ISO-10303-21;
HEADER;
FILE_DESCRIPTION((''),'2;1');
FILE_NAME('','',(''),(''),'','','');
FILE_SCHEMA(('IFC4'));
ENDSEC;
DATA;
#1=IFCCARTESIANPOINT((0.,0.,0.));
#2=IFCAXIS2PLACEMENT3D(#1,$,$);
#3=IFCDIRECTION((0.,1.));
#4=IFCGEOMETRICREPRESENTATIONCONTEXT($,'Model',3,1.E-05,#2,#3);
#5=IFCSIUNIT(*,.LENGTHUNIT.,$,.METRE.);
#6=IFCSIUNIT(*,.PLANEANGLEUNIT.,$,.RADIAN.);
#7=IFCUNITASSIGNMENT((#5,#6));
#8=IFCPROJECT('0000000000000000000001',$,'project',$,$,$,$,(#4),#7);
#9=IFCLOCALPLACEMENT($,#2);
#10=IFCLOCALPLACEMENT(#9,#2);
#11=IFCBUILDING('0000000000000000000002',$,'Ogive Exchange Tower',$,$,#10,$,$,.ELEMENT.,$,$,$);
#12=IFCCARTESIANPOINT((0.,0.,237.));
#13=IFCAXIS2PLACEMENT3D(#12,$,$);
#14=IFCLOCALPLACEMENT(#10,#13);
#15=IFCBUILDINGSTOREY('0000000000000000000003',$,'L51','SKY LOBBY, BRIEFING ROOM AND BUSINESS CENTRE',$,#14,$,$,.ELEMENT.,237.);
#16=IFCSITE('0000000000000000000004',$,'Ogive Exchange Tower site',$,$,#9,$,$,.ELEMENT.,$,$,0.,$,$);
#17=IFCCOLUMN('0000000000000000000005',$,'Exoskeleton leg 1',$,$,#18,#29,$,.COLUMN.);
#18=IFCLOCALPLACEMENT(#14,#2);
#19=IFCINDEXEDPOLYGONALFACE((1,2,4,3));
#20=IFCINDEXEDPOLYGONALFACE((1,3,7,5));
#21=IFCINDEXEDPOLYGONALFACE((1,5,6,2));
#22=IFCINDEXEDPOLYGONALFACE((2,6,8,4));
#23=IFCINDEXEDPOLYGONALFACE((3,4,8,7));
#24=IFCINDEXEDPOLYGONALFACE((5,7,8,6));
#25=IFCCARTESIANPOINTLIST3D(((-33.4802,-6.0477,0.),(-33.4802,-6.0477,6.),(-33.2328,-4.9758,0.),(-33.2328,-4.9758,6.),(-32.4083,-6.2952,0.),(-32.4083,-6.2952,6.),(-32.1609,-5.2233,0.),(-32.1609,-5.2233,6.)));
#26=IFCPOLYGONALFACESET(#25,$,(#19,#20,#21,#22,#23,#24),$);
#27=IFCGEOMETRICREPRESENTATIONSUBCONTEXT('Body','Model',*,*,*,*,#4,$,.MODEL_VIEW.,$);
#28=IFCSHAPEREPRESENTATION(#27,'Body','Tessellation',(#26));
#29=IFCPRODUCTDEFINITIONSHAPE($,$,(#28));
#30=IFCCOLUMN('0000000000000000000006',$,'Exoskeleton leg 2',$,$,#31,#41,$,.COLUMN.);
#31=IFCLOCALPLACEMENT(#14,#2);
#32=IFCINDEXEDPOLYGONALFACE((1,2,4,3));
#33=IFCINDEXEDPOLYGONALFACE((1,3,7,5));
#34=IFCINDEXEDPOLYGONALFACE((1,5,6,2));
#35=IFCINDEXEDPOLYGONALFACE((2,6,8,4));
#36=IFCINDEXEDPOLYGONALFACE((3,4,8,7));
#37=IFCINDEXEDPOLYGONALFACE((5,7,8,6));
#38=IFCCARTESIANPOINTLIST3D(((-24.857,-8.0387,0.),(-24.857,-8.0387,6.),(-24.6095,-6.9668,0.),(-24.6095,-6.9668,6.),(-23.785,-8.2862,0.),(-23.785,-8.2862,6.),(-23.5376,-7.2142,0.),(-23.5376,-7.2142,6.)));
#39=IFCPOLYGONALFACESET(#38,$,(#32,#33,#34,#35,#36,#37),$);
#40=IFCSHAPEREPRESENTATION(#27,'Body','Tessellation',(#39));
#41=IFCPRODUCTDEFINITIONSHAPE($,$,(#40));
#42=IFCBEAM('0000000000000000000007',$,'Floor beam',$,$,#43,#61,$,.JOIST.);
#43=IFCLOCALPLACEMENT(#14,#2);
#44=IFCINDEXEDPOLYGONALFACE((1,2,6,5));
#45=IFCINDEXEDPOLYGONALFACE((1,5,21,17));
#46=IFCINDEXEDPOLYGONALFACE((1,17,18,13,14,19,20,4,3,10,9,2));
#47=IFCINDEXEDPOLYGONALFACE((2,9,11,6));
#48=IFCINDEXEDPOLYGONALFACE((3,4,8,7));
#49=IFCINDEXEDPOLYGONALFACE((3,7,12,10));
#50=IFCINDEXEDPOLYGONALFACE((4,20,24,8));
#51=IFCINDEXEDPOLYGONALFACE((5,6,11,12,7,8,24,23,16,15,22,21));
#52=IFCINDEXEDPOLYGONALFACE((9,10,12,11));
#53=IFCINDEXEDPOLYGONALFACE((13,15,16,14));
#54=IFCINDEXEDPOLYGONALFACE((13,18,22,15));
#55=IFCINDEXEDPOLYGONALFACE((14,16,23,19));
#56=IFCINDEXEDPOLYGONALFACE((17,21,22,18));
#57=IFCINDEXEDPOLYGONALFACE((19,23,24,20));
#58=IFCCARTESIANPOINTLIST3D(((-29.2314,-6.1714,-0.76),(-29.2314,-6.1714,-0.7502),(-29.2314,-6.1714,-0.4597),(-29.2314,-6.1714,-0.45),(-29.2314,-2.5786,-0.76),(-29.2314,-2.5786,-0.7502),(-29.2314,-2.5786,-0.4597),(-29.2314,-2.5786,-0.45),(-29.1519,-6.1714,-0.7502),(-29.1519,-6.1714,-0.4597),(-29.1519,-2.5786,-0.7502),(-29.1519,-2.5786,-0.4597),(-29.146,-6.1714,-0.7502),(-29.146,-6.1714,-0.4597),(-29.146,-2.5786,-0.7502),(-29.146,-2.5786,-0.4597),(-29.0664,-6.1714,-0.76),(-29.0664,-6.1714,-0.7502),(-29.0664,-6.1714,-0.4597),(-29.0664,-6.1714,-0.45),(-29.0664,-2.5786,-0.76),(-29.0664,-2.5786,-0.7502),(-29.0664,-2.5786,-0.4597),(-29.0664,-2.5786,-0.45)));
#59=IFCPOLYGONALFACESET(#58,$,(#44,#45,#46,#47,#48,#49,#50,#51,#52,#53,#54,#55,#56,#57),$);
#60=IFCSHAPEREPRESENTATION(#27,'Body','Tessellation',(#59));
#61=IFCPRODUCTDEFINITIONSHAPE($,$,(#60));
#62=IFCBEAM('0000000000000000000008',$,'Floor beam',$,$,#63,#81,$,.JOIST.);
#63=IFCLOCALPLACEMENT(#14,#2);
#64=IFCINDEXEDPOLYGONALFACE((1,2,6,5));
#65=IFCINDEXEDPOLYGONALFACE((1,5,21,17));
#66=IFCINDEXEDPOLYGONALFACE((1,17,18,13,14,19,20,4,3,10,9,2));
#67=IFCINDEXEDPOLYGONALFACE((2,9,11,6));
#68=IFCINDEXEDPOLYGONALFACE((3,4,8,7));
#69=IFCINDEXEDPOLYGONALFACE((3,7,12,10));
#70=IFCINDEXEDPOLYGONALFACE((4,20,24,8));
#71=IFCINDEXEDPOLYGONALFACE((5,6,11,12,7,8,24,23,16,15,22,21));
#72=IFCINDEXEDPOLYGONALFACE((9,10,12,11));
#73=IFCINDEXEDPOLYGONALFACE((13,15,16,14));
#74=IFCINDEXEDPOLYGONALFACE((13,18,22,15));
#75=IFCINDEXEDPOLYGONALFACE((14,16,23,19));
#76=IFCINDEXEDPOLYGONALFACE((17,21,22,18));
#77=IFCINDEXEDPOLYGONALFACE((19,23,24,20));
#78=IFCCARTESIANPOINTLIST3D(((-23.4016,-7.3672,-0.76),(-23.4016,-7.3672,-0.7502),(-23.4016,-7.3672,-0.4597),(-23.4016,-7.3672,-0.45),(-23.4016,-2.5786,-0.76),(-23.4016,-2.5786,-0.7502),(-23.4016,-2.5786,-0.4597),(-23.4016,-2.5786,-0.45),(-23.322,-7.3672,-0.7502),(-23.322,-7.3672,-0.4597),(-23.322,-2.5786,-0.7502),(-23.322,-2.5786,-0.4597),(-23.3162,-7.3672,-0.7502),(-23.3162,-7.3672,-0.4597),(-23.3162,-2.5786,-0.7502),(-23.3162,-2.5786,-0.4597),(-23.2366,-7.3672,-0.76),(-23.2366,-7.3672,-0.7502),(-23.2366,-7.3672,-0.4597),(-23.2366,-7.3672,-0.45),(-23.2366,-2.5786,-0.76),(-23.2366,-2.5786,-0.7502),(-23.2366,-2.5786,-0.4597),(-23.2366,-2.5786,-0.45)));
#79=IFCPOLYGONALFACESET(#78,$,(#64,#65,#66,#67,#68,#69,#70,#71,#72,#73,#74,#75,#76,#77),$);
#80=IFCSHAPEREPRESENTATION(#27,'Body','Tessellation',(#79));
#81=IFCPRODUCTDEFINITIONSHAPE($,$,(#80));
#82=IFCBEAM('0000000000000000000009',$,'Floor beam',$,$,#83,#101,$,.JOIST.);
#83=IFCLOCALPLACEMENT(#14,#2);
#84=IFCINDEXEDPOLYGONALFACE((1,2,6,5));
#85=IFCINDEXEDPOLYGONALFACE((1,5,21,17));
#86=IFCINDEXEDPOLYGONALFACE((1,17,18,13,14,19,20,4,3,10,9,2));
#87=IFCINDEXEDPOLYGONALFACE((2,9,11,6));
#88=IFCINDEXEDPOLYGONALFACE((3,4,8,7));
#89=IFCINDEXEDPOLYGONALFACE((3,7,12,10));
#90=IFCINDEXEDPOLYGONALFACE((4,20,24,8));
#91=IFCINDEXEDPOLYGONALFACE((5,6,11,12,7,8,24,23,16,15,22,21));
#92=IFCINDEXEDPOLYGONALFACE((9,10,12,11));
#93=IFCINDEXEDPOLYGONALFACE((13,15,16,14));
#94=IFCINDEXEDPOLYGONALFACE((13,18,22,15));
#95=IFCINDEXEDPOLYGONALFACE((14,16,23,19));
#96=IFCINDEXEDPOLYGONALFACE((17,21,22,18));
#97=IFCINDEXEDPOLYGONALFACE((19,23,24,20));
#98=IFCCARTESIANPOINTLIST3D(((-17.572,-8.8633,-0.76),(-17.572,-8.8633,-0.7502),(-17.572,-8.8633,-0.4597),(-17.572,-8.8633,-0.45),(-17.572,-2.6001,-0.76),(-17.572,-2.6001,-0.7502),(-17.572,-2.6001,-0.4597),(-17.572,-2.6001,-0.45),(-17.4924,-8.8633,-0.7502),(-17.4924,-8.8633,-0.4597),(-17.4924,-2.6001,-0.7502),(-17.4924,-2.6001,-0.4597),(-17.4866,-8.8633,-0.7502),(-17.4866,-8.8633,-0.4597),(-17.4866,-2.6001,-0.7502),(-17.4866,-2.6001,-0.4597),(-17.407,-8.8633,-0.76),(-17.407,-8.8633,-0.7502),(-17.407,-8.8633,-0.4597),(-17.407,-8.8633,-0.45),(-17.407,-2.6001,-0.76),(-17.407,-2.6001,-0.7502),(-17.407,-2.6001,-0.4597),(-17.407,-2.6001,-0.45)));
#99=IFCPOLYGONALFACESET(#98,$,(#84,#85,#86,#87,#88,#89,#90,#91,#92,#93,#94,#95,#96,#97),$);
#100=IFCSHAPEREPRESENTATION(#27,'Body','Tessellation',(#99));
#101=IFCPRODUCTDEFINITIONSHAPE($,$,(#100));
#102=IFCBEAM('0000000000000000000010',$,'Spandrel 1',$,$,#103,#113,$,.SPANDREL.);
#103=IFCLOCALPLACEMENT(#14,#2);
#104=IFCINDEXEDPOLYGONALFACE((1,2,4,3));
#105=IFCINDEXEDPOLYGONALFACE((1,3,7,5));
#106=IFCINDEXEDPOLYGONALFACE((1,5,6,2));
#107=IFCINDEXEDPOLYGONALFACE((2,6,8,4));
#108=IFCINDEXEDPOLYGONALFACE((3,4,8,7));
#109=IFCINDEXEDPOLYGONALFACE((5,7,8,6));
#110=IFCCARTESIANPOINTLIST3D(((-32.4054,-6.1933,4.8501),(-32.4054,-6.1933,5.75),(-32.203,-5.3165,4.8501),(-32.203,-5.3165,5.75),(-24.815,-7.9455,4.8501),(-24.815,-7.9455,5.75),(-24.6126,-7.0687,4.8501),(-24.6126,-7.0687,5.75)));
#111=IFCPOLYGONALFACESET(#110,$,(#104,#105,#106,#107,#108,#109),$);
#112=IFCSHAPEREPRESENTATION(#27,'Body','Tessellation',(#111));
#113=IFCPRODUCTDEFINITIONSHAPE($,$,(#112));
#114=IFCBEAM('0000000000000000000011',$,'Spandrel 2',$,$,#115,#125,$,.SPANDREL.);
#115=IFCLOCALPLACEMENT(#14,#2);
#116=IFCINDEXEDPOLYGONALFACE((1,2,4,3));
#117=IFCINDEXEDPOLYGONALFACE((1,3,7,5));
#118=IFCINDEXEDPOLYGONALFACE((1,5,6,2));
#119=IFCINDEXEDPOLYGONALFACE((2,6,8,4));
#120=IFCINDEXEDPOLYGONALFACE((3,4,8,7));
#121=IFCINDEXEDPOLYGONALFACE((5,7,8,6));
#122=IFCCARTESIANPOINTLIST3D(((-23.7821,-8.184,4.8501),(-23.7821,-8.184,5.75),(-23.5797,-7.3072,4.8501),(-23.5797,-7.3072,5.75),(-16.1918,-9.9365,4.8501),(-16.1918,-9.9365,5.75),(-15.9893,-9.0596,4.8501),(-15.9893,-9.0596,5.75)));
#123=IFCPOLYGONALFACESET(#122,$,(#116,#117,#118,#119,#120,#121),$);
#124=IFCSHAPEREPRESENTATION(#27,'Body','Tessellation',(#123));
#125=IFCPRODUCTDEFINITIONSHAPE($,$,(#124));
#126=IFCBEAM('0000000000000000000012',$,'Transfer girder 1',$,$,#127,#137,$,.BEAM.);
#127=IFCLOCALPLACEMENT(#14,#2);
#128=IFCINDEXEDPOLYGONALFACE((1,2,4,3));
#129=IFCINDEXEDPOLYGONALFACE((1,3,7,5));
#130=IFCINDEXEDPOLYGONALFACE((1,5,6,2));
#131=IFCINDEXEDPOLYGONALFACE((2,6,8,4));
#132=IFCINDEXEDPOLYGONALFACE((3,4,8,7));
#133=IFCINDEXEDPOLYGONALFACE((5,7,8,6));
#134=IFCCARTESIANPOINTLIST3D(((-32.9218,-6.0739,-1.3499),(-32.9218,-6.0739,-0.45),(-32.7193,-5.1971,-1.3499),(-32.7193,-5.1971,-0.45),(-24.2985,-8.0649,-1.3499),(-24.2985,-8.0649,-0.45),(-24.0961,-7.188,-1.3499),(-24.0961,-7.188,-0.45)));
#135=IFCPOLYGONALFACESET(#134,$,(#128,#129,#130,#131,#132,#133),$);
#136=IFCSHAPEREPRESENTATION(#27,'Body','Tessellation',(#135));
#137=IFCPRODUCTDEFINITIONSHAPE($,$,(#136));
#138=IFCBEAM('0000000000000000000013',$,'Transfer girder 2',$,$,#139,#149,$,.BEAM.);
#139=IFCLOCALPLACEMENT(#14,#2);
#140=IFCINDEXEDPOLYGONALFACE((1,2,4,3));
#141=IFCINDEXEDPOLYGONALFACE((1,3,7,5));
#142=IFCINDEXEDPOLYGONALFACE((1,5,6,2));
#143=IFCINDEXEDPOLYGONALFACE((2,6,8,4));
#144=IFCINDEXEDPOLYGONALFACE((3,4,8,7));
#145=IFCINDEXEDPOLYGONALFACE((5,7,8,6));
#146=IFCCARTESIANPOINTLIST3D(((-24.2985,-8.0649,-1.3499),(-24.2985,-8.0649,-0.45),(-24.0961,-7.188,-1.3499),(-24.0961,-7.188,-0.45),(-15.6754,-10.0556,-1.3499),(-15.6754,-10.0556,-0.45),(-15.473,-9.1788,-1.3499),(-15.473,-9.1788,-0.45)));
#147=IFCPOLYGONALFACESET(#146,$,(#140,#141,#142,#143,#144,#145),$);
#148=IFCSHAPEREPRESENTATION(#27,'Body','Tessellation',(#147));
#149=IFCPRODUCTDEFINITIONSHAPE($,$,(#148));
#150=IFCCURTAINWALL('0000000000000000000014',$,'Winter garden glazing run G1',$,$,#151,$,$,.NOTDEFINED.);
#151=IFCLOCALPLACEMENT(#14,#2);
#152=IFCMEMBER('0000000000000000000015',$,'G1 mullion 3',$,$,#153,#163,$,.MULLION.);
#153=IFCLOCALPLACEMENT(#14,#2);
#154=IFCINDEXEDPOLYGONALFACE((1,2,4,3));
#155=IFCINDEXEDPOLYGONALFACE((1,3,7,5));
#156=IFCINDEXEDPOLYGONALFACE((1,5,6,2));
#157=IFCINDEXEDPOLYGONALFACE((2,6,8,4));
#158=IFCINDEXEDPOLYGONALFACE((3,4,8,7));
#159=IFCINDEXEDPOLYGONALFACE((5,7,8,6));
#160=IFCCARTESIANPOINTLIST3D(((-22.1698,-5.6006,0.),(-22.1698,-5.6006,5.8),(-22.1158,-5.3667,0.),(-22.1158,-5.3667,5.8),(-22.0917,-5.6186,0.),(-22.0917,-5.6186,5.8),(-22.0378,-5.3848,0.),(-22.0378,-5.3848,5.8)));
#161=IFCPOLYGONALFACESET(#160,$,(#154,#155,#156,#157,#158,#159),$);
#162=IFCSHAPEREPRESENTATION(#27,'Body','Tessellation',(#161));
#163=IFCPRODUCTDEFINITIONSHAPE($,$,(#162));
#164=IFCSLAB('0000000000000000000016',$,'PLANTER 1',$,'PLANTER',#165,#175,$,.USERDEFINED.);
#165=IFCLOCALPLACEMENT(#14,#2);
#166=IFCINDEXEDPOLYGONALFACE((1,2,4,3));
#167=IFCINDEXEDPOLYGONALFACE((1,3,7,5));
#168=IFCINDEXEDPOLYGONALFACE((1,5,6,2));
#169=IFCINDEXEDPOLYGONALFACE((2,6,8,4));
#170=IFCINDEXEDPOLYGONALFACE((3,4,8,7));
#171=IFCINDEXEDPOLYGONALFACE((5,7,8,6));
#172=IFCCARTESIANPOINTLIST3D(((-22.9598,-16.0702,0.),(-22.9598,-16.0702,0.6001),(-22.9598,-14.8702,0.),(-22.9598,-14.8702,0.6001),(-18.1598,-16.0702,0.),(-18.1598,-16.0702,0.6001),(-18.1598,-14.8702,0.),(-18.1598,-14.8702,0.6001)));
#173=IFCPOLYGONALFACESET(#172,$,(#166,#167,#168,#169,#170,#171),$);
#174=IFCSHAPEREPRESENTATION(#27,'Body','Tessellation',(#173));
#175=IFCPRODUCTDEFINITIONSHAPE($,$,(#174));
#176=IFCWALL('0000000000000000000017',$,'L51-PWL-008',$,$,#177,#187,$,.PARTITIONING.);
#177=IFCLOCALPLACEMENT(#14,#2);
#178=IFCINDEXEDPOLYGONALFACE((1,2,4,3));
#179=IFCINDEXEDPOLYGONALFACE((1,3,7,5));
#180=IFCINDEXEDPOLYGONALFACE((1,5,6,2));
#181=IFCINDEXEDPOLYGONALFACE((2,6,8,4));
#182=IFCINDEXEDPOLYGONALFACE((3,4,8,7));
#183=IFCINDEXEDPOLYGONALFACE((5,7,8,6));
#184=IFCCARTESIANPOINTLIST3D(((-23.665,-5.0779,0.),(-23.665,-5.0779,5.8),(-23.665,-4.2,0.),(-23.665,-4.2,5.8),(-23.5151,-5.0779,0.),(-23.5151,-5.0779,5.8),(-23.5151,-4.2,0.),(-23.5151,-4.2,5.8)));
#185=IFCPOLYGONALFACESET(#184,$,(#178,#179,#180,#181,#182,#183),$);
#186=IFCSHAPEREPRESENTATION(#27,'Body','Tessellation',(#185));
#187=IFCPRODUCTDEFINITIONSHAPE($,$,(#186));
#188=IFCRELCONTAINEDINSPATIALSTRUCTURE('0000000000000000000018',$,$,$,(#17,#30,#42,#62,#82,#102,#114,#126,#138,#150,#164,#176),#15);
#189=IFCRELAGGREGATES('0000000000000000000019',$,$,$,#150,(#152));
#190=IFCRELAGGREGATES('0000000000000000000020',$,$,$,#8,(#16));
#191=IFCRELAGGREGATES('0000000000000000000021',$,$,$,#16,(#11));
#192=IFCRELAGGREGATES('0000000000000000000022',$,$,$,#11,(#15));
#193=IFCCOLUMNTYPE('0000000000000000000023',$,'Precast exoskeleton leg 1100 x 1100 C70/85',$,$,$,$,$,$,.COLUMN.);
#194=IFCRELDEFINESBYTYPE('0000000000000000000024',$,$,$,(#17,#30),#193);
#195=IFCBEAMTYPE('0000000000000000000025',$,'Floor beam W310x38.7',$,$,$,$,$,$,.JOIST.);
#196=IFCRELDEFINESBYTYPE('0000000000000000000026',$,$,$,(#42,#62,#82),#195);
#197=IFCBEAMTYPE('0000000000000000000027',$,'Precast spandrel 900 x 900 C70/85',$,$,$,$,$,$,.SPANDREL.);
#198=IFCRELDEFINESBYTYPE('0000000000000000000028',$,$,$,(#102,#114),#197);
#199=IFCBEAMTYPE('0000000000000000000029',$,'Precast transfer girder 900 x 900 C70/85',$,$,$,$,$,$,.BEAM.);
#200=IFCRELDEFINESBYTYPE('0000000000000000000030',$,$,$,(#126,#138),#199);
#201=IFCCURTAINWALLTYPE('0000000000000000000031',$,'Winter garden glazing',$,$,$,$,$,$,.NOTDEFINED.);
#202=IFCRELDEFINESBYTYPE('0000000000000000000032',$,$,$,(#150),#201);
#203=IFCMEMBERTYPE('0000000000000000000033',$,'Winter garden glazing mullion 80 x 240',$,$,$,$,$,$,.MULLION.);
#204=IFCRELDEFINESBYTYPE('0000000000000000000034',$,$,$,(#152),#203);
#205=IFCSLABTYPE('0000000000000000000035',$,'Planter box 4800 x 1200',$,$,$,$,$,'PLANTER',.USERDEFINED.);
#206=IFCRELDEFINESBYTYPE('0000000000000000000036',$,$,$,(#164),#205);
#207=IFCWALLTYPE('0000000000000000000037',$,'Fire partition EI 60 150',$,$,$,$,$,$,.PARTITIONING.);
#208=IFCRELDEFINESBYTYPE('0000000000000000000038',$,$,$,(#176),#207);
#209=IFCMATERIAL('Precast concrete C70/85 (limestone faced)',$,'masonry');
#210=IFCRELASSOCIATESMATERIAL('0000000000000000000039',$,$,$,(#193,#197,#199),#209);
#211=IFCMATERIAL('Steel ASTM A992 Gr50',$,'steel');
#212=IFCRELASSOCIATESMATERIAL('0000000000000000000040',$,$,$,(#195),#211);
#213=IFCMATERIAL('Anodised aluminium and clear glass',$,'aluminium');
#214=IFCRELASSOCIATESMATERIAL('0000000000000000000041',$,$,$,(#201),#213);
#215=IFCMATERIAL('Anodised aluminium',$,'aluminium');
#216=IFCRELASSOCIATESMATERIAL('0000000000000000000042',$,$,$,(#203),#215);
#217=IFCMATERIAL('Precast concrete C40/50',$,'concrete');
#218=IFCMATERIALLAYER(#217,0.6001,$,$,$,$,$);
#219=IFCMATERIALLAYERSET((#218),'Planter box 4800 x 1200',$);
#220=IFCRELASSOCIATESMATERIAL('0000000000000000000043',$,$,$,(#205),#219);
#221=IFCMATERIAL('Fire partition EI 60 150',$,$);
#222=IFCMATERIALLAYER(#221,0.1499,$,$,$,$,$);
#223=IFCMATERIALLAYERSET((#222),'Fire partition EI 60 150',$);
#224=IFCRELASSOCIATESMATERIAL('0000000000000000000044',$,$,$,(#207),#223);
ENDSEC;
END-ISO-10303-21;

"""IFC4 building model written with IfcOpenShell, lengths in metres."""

from ifc_helpers import new_model, si_unit, direction, frame, frame_2d, origin, origin_2d, place, context, subcontext, project, spatial, rectangle, i_section, extrude, material, layer, layer_set, material_profile, profile_set, type_object, element, aggregate, save


model = new_model("IFC4")

# Units and contexts
model_context = context("Model", 3, precision=1e-05, world=origin(), true_north=direction((0.0, 1.0)))
body_context = subcontext(model_context, "Body", "Model", "MODEL_VIEW")
ifc_project = project(units=[si_unit("LENGTHUNIT", "METRE"), si_unit("PLANEANGLEUNIT", "RADIAN")], contexts=[model_context])

# Site, building, storey
site_placement = place(None, origin())
site = spatial("IfcSite", under=ifc_project, at=site_placement, Name="Ogive Exchange Tower site", CompositionType="ELEMENT", RefElevation=0.0)
building_placement = place(site_placement, origin())
building = spatial("IfcBuilding", under=site, at=building_placement, Name="Ogive Exchange Tower", CompositionType="ELEMENT")
storey_placement = place(building_placement, frame((0.0, 0.0, 237.0)))
storey = spatial("IfcBuildingStorey", under=building, at=storey_placement, Name="L51", Description="SKY LOBBY, BRIEFING ROOM AND BUSINESS CENTRE", CompositionType="ELEMENT", Elevation=237.0)

# Columns
ifc_material_1 = material(Name="Precast concrete C70/85 (limestone faced)", Category="masonry")
ifc_material_profile_1 = material_profile(ifc_material_1, rectangle(XDim=1.1001, YDim=1.1001, at=origin_2d()), Name="1100 x 1100")
ifc_profile_set_1 = profile_set([ifc_material_profile_1], Name="Precast concrete C70/85 (limestone faced)")
column_type = type_object("IfcColumnType", Name="Precast exoskeleton leg 1100 x 1100 C70/85", PredefinedType="COLUMN", material=ifc_profile_set_1)
for number, where, z_axis, x_axis, name in (
    (1, (-32.8206, -5.6355, 0.0), (0.0, 0.0, 1.0), (0.97437, -0.224951, 0.0), "Exoskeleton leg 1"),
    (2, (-24.1973, -7.6265, 0.0), (0.0, 0.0, 1.0), (0.97437, -0.224951, 0.0), "Exoskeleton leg 2"),
):
    element("IfcColumn", number, at=place(storey_placement, frame(where, z_axis=z_axis, x_axis=x_axis)), inside=storey, type_object=column_type, Name=name, PredefinedType="COLUMN", context=body_context, shape_type="SweptSolid", body=[
        extrude(rectangle(XDim=1.1001, YDim=1.1001, at=origin_2d()), origin(), (0.0, 0.0, 1.0), 6.0),
    ])

# Beams
ifc_material_2 = material(Name="Steel ASTM A992 Gr50", Category="steel")
ifc_material_profile_2 = material_profile(ifc_material_2, i_section(OverallWidth=0.165, OverallDepth=0.3101, WebThickness=0.0059, FlangeThickness=0.0098, at=origin_2d()), Name="W310x38.7")
ifc_profile_set_2 = profile_set([ifc_material_profile_2], Name="Steel ASTM A992 Gr50")
beam_type_1 = type_object("IfcBeamType", Name="Floor beam W310x38.7", PredefinedType="JOIST", material=ifc_profile_set_2)
beam_1_placement = place(storey_placement, frame((-29.1489, -6.1714, -0.605), z_axis=(0.0, 1.0, 0.0), x_axis=(-1.0, 0.0, 0.0)))
element("IfcBeam", 3, at=beam_1_placement, inside=storey, type_object=beam_type_1, Name="Floor beam", PredefinedType="JOIST", context=body_context, shape_type="SweptSolid", body=[
    extrude(i_section(OverallWidth=0.165, OverallDepth=0.3101, WebThickness=0.0059, FlangeThickness=0.0098, at=origin_2d()), origin(), (0.0, 0.0, 1.0), 3.5928),
])
beam_2_placement = place(storey_placement, frame((-23.3191, -7.3672, -0.605), z_axis=(0.0, 1.0, 0.0), x_axis=(-1.0, 0.0, 0.0)))
element("IfcBeam", 4, at=beam_2_placement, inside=storey, type_object=beam_type_1, Name="Floor beam", PredefinedType="JOIST", context=body_context, shape_type="SweptSolid", body=[
    extrude(i_section(OverallWidth=0.165, OverallDepth=0.3101, WebThickness=0.0059, FlangeThickness=0.0098, at=origin_2d()), origin(), (0.0, 0.0, 1.0), 4.7886),
])
beam_3_placement = place(storey_placement, frame((-17.4895, -8.8633, -0.605), z_axis=(0.0, 1.0, 0.0), x_axis=(-1.0, 0.0, 0.0)))
element("IfcBeam", 5, at=beam_3_placement, inside=storey, type_object=beam_type_1, Name="Floor beam", PredefinedType="JOIST", context=body_context, shape_type="SweptSolid", body=[
    extrude(i_section(OverallWidth=0.165, OverallDepth=0.3101, WebThickness=0.0059, FlangeThickness=0.0098, at=origin_2d()), origin(), (0.0, 0.0, 1.0), 6.2632),
])
ifc_material_profile_3 = material_profile(ifc_material_1, rectangle(XDim=0.8999, YDim=0.8999, at=origin_2d()), Name="900 x 900")
ifc_profile_set_3 = profile_set([ifc_material_profile_3], Name="Precast concrete C70/85 (limestone faced)")
beam_type_2 = type_object("IfcBeamType", Name="Precast spandrel 900 x 900 C70/85", PredefinedType="SPANDREL", material=ifc_profile_set_3)
for number, where, z_axis, x_axis, name in (
    (6, (-32.3042, -5.7549, 5.3), (0.974375, -0.22493, 0.0), (0.22493, 0.974375, 0.0), "Spandrel 1"),
    (7, (-23.6809, -7.7456, 5.3), (0.974368, -0.22496, 0.0), (0.22496, 0.974368, 0.0), "Spandrel 2"),
):
    element("IfcBeam", number, at=place(storey_placement, frame(where, z_axis=z_axis, x_axis=x_axis)), inside=storey, type_object=beam_type_2, Name=name, PredefinedType="SPANDREL", context=body_context, shape_type="SweptSolid", body=[
        extrude(rectangle(XDim=0.8999, YDim=0.8999, at=origin_2d()), origin(), (0.0, 0.0, 1.0), 7.79),
    ])
ifc_material_profile_4 = material_profile(ifc_material_1, rectangle(XDim=0.8999, YDim=0.8999, at=origin_2d()), Name="900 x 900")
ifc_profile_set_4 = profile_set([ifc_material_profile_4], Name="Precast concrete C70/85 (limestone faced)")
beam_type_3 = type_object("IfcBeamType", Name="Precast transfer girder 900 x 900 C70/85", PredefinedType="BEAM", material=ifc_profile_set_4)
beam_4_placement = place(storey_placement, frame((-32.8206, -5.6355, -0.8999), z_axis=(0.974367, -0.224964, 0.0), x_axis=(0.224964, 0.974367, 0.0)))
element("IfcBeam", 8, at=beam_4_placement, inside=storey, type_object=beam_type_3, Name="Transfer girder 1", PredefinedType="BEAM", context=body_context, shape_type="SweptSolid", body=[
    extrude(rectangle(XDim=0.8999, YDim=0.8999, at=origin_2d()), origin(), (0.0, 0.0, 1.0), 8.8501),
])
beam_5_placement = place(storey_placement, frame((-24.1973, -7.6265, -0.8999), z_axis=(0.974372, -0.224944, 0.0), x_axis=(0.224944, 0.974372, 0.0)))
element("IfcBeam", 9, at=beam_5_placement, inside=storey, type_object=beam_type_3, Name="Transfer girder 2", PredefinedType="BEAM", context=body_context, shape_type="SweptSolid", body=[
    extrude(rectangle(XDim=0.8999, YDim=0.8999, at=origin_2d()), origin(), (0.0, 0.0, 1.0), 8.8499),
])

# Curtain wall, member
ifc_material_3 = material(Name="Anodised aluminium and clear glass", Category="aluminium")
curtain_wall_type = type_object("IfcCurtainWallType", Name="Winter garden glazing", PredefinedType="NOTDEFINED", material=ifc_material_3)
curtain_wall_placement = place(storey_placement, origin())
curtain_wall = element("IfcCurtainWall", 10, at=curtain_wall_placement, inside=storey, type_object=curtain_wall_type, Name="Winter garden glazing run G1", PredefinedType="NOTDEFINED")
ifc_material_4 = material(Name="Anodised aluminium", Category="aluminium")
ifc_material_profile_5 = material_profile(ifc_material_4, rectangle(XDim=0.24, YDim=0.0801, at=origin_2d()), Name="AL 80x240")
ifc_profile_set_5 = profile_set([ifc_material_profile_5], Name="Anodised aluminium")
member_type = type_object("IfcMemberType", Name="Winter garden glazing mullion 80 x 240", PredefinedType="MULLION", material=ifc_profile_set_5)
member_placement = place(storey_placement, frame((-22.1038, -5.4927, 0.0), z_axis=(0.0, 0.0, 1.0), x_axis=(0.224954, 0.974369, 0.0)))
member = element("IfcMember", 11, at=member_placement, type_object=member_type, Name="G1 mullion 3", PredefinedType="MULLION", context=body_context, shape_type="SweptSolid", body=[
    extrude(rectangle(XDim=0.24, YDim=0.0801, at=origin_2d()), origin(), (0.0, 0.0, 1.0), 5.8),
])
aggregate(curtain_wall, [member])

# Slab
ifc_material_5 = material(Name="Precast concrete C40/50", Category="concrete")
ifc_layer_1 = layer(ifc_material_5, 0.6001)
ifc_layer_set_1 = layer_set([ifc_layer_1], Name="Planter box 4800 x 1200")
slab_type = type_object("IfcSlabType", Name="Planter box 4800 x 1200", ElementType="PLANTER", PredefinedType="USERDEFINED", material=ifc_layer_set_1)
slab_placement = place(storey_placement, frame((-20.5598, -15.4702, 0.0), z_axis=(0.0, 0.0, 1.0), x_axis=(1.0, 0.0, 0.0)))
element("IfcSlab", 12, at=slab_placement, inside=storey, type_object=slab_type, Name="PLANTER 1", ObjectType="PLANTER", PredefinedType="USERDEFINED", context=body_context, shape_type="SweptSolid", body=[
    extrude(rectangle(XDim=4.8, YDim=1.2, at=origin_2d()), origin(), (0.0, 0.0, 1.0), 0.6001),
])

# Wall
ifc_material_6 = material(Name="Fire partition EI 60 150")
ifc_layer_2 = layer(ifc_material_6, 0.1499)
ifc_layer_set_2 = layer_set([ifc_layer_2], Name="Fire partition EI 60 150")
wall_type_1 = type_object("IfcWallType", Name="Fire partition EI 60 150", PredefinedType="PARTITIONING", material=ifc_layer_set_2)
wall_1_placement = place(storey_placement, frame((-23.5901, -5.0779, 0.0), z_axis=(0.0, 0.0, 1.0), x_axis=(0.0, 1.0, 0.0)))
element("IfcWall", 13, at=wall_1_placement, inside=storey, type_object=wall_type_1, Name="L51-PWL-008", PredefinedType="PARTITIONING", context=body_context, shape_type="SweptSolid", body=[
    extrude(rectangle(XDim=0.8779, YDim=0.1499, at=frame_2d((0.439, 0.0))), origin(), (0.0, 0.0, 1.0), 5.8),
])

save(model, "model.ifc")
